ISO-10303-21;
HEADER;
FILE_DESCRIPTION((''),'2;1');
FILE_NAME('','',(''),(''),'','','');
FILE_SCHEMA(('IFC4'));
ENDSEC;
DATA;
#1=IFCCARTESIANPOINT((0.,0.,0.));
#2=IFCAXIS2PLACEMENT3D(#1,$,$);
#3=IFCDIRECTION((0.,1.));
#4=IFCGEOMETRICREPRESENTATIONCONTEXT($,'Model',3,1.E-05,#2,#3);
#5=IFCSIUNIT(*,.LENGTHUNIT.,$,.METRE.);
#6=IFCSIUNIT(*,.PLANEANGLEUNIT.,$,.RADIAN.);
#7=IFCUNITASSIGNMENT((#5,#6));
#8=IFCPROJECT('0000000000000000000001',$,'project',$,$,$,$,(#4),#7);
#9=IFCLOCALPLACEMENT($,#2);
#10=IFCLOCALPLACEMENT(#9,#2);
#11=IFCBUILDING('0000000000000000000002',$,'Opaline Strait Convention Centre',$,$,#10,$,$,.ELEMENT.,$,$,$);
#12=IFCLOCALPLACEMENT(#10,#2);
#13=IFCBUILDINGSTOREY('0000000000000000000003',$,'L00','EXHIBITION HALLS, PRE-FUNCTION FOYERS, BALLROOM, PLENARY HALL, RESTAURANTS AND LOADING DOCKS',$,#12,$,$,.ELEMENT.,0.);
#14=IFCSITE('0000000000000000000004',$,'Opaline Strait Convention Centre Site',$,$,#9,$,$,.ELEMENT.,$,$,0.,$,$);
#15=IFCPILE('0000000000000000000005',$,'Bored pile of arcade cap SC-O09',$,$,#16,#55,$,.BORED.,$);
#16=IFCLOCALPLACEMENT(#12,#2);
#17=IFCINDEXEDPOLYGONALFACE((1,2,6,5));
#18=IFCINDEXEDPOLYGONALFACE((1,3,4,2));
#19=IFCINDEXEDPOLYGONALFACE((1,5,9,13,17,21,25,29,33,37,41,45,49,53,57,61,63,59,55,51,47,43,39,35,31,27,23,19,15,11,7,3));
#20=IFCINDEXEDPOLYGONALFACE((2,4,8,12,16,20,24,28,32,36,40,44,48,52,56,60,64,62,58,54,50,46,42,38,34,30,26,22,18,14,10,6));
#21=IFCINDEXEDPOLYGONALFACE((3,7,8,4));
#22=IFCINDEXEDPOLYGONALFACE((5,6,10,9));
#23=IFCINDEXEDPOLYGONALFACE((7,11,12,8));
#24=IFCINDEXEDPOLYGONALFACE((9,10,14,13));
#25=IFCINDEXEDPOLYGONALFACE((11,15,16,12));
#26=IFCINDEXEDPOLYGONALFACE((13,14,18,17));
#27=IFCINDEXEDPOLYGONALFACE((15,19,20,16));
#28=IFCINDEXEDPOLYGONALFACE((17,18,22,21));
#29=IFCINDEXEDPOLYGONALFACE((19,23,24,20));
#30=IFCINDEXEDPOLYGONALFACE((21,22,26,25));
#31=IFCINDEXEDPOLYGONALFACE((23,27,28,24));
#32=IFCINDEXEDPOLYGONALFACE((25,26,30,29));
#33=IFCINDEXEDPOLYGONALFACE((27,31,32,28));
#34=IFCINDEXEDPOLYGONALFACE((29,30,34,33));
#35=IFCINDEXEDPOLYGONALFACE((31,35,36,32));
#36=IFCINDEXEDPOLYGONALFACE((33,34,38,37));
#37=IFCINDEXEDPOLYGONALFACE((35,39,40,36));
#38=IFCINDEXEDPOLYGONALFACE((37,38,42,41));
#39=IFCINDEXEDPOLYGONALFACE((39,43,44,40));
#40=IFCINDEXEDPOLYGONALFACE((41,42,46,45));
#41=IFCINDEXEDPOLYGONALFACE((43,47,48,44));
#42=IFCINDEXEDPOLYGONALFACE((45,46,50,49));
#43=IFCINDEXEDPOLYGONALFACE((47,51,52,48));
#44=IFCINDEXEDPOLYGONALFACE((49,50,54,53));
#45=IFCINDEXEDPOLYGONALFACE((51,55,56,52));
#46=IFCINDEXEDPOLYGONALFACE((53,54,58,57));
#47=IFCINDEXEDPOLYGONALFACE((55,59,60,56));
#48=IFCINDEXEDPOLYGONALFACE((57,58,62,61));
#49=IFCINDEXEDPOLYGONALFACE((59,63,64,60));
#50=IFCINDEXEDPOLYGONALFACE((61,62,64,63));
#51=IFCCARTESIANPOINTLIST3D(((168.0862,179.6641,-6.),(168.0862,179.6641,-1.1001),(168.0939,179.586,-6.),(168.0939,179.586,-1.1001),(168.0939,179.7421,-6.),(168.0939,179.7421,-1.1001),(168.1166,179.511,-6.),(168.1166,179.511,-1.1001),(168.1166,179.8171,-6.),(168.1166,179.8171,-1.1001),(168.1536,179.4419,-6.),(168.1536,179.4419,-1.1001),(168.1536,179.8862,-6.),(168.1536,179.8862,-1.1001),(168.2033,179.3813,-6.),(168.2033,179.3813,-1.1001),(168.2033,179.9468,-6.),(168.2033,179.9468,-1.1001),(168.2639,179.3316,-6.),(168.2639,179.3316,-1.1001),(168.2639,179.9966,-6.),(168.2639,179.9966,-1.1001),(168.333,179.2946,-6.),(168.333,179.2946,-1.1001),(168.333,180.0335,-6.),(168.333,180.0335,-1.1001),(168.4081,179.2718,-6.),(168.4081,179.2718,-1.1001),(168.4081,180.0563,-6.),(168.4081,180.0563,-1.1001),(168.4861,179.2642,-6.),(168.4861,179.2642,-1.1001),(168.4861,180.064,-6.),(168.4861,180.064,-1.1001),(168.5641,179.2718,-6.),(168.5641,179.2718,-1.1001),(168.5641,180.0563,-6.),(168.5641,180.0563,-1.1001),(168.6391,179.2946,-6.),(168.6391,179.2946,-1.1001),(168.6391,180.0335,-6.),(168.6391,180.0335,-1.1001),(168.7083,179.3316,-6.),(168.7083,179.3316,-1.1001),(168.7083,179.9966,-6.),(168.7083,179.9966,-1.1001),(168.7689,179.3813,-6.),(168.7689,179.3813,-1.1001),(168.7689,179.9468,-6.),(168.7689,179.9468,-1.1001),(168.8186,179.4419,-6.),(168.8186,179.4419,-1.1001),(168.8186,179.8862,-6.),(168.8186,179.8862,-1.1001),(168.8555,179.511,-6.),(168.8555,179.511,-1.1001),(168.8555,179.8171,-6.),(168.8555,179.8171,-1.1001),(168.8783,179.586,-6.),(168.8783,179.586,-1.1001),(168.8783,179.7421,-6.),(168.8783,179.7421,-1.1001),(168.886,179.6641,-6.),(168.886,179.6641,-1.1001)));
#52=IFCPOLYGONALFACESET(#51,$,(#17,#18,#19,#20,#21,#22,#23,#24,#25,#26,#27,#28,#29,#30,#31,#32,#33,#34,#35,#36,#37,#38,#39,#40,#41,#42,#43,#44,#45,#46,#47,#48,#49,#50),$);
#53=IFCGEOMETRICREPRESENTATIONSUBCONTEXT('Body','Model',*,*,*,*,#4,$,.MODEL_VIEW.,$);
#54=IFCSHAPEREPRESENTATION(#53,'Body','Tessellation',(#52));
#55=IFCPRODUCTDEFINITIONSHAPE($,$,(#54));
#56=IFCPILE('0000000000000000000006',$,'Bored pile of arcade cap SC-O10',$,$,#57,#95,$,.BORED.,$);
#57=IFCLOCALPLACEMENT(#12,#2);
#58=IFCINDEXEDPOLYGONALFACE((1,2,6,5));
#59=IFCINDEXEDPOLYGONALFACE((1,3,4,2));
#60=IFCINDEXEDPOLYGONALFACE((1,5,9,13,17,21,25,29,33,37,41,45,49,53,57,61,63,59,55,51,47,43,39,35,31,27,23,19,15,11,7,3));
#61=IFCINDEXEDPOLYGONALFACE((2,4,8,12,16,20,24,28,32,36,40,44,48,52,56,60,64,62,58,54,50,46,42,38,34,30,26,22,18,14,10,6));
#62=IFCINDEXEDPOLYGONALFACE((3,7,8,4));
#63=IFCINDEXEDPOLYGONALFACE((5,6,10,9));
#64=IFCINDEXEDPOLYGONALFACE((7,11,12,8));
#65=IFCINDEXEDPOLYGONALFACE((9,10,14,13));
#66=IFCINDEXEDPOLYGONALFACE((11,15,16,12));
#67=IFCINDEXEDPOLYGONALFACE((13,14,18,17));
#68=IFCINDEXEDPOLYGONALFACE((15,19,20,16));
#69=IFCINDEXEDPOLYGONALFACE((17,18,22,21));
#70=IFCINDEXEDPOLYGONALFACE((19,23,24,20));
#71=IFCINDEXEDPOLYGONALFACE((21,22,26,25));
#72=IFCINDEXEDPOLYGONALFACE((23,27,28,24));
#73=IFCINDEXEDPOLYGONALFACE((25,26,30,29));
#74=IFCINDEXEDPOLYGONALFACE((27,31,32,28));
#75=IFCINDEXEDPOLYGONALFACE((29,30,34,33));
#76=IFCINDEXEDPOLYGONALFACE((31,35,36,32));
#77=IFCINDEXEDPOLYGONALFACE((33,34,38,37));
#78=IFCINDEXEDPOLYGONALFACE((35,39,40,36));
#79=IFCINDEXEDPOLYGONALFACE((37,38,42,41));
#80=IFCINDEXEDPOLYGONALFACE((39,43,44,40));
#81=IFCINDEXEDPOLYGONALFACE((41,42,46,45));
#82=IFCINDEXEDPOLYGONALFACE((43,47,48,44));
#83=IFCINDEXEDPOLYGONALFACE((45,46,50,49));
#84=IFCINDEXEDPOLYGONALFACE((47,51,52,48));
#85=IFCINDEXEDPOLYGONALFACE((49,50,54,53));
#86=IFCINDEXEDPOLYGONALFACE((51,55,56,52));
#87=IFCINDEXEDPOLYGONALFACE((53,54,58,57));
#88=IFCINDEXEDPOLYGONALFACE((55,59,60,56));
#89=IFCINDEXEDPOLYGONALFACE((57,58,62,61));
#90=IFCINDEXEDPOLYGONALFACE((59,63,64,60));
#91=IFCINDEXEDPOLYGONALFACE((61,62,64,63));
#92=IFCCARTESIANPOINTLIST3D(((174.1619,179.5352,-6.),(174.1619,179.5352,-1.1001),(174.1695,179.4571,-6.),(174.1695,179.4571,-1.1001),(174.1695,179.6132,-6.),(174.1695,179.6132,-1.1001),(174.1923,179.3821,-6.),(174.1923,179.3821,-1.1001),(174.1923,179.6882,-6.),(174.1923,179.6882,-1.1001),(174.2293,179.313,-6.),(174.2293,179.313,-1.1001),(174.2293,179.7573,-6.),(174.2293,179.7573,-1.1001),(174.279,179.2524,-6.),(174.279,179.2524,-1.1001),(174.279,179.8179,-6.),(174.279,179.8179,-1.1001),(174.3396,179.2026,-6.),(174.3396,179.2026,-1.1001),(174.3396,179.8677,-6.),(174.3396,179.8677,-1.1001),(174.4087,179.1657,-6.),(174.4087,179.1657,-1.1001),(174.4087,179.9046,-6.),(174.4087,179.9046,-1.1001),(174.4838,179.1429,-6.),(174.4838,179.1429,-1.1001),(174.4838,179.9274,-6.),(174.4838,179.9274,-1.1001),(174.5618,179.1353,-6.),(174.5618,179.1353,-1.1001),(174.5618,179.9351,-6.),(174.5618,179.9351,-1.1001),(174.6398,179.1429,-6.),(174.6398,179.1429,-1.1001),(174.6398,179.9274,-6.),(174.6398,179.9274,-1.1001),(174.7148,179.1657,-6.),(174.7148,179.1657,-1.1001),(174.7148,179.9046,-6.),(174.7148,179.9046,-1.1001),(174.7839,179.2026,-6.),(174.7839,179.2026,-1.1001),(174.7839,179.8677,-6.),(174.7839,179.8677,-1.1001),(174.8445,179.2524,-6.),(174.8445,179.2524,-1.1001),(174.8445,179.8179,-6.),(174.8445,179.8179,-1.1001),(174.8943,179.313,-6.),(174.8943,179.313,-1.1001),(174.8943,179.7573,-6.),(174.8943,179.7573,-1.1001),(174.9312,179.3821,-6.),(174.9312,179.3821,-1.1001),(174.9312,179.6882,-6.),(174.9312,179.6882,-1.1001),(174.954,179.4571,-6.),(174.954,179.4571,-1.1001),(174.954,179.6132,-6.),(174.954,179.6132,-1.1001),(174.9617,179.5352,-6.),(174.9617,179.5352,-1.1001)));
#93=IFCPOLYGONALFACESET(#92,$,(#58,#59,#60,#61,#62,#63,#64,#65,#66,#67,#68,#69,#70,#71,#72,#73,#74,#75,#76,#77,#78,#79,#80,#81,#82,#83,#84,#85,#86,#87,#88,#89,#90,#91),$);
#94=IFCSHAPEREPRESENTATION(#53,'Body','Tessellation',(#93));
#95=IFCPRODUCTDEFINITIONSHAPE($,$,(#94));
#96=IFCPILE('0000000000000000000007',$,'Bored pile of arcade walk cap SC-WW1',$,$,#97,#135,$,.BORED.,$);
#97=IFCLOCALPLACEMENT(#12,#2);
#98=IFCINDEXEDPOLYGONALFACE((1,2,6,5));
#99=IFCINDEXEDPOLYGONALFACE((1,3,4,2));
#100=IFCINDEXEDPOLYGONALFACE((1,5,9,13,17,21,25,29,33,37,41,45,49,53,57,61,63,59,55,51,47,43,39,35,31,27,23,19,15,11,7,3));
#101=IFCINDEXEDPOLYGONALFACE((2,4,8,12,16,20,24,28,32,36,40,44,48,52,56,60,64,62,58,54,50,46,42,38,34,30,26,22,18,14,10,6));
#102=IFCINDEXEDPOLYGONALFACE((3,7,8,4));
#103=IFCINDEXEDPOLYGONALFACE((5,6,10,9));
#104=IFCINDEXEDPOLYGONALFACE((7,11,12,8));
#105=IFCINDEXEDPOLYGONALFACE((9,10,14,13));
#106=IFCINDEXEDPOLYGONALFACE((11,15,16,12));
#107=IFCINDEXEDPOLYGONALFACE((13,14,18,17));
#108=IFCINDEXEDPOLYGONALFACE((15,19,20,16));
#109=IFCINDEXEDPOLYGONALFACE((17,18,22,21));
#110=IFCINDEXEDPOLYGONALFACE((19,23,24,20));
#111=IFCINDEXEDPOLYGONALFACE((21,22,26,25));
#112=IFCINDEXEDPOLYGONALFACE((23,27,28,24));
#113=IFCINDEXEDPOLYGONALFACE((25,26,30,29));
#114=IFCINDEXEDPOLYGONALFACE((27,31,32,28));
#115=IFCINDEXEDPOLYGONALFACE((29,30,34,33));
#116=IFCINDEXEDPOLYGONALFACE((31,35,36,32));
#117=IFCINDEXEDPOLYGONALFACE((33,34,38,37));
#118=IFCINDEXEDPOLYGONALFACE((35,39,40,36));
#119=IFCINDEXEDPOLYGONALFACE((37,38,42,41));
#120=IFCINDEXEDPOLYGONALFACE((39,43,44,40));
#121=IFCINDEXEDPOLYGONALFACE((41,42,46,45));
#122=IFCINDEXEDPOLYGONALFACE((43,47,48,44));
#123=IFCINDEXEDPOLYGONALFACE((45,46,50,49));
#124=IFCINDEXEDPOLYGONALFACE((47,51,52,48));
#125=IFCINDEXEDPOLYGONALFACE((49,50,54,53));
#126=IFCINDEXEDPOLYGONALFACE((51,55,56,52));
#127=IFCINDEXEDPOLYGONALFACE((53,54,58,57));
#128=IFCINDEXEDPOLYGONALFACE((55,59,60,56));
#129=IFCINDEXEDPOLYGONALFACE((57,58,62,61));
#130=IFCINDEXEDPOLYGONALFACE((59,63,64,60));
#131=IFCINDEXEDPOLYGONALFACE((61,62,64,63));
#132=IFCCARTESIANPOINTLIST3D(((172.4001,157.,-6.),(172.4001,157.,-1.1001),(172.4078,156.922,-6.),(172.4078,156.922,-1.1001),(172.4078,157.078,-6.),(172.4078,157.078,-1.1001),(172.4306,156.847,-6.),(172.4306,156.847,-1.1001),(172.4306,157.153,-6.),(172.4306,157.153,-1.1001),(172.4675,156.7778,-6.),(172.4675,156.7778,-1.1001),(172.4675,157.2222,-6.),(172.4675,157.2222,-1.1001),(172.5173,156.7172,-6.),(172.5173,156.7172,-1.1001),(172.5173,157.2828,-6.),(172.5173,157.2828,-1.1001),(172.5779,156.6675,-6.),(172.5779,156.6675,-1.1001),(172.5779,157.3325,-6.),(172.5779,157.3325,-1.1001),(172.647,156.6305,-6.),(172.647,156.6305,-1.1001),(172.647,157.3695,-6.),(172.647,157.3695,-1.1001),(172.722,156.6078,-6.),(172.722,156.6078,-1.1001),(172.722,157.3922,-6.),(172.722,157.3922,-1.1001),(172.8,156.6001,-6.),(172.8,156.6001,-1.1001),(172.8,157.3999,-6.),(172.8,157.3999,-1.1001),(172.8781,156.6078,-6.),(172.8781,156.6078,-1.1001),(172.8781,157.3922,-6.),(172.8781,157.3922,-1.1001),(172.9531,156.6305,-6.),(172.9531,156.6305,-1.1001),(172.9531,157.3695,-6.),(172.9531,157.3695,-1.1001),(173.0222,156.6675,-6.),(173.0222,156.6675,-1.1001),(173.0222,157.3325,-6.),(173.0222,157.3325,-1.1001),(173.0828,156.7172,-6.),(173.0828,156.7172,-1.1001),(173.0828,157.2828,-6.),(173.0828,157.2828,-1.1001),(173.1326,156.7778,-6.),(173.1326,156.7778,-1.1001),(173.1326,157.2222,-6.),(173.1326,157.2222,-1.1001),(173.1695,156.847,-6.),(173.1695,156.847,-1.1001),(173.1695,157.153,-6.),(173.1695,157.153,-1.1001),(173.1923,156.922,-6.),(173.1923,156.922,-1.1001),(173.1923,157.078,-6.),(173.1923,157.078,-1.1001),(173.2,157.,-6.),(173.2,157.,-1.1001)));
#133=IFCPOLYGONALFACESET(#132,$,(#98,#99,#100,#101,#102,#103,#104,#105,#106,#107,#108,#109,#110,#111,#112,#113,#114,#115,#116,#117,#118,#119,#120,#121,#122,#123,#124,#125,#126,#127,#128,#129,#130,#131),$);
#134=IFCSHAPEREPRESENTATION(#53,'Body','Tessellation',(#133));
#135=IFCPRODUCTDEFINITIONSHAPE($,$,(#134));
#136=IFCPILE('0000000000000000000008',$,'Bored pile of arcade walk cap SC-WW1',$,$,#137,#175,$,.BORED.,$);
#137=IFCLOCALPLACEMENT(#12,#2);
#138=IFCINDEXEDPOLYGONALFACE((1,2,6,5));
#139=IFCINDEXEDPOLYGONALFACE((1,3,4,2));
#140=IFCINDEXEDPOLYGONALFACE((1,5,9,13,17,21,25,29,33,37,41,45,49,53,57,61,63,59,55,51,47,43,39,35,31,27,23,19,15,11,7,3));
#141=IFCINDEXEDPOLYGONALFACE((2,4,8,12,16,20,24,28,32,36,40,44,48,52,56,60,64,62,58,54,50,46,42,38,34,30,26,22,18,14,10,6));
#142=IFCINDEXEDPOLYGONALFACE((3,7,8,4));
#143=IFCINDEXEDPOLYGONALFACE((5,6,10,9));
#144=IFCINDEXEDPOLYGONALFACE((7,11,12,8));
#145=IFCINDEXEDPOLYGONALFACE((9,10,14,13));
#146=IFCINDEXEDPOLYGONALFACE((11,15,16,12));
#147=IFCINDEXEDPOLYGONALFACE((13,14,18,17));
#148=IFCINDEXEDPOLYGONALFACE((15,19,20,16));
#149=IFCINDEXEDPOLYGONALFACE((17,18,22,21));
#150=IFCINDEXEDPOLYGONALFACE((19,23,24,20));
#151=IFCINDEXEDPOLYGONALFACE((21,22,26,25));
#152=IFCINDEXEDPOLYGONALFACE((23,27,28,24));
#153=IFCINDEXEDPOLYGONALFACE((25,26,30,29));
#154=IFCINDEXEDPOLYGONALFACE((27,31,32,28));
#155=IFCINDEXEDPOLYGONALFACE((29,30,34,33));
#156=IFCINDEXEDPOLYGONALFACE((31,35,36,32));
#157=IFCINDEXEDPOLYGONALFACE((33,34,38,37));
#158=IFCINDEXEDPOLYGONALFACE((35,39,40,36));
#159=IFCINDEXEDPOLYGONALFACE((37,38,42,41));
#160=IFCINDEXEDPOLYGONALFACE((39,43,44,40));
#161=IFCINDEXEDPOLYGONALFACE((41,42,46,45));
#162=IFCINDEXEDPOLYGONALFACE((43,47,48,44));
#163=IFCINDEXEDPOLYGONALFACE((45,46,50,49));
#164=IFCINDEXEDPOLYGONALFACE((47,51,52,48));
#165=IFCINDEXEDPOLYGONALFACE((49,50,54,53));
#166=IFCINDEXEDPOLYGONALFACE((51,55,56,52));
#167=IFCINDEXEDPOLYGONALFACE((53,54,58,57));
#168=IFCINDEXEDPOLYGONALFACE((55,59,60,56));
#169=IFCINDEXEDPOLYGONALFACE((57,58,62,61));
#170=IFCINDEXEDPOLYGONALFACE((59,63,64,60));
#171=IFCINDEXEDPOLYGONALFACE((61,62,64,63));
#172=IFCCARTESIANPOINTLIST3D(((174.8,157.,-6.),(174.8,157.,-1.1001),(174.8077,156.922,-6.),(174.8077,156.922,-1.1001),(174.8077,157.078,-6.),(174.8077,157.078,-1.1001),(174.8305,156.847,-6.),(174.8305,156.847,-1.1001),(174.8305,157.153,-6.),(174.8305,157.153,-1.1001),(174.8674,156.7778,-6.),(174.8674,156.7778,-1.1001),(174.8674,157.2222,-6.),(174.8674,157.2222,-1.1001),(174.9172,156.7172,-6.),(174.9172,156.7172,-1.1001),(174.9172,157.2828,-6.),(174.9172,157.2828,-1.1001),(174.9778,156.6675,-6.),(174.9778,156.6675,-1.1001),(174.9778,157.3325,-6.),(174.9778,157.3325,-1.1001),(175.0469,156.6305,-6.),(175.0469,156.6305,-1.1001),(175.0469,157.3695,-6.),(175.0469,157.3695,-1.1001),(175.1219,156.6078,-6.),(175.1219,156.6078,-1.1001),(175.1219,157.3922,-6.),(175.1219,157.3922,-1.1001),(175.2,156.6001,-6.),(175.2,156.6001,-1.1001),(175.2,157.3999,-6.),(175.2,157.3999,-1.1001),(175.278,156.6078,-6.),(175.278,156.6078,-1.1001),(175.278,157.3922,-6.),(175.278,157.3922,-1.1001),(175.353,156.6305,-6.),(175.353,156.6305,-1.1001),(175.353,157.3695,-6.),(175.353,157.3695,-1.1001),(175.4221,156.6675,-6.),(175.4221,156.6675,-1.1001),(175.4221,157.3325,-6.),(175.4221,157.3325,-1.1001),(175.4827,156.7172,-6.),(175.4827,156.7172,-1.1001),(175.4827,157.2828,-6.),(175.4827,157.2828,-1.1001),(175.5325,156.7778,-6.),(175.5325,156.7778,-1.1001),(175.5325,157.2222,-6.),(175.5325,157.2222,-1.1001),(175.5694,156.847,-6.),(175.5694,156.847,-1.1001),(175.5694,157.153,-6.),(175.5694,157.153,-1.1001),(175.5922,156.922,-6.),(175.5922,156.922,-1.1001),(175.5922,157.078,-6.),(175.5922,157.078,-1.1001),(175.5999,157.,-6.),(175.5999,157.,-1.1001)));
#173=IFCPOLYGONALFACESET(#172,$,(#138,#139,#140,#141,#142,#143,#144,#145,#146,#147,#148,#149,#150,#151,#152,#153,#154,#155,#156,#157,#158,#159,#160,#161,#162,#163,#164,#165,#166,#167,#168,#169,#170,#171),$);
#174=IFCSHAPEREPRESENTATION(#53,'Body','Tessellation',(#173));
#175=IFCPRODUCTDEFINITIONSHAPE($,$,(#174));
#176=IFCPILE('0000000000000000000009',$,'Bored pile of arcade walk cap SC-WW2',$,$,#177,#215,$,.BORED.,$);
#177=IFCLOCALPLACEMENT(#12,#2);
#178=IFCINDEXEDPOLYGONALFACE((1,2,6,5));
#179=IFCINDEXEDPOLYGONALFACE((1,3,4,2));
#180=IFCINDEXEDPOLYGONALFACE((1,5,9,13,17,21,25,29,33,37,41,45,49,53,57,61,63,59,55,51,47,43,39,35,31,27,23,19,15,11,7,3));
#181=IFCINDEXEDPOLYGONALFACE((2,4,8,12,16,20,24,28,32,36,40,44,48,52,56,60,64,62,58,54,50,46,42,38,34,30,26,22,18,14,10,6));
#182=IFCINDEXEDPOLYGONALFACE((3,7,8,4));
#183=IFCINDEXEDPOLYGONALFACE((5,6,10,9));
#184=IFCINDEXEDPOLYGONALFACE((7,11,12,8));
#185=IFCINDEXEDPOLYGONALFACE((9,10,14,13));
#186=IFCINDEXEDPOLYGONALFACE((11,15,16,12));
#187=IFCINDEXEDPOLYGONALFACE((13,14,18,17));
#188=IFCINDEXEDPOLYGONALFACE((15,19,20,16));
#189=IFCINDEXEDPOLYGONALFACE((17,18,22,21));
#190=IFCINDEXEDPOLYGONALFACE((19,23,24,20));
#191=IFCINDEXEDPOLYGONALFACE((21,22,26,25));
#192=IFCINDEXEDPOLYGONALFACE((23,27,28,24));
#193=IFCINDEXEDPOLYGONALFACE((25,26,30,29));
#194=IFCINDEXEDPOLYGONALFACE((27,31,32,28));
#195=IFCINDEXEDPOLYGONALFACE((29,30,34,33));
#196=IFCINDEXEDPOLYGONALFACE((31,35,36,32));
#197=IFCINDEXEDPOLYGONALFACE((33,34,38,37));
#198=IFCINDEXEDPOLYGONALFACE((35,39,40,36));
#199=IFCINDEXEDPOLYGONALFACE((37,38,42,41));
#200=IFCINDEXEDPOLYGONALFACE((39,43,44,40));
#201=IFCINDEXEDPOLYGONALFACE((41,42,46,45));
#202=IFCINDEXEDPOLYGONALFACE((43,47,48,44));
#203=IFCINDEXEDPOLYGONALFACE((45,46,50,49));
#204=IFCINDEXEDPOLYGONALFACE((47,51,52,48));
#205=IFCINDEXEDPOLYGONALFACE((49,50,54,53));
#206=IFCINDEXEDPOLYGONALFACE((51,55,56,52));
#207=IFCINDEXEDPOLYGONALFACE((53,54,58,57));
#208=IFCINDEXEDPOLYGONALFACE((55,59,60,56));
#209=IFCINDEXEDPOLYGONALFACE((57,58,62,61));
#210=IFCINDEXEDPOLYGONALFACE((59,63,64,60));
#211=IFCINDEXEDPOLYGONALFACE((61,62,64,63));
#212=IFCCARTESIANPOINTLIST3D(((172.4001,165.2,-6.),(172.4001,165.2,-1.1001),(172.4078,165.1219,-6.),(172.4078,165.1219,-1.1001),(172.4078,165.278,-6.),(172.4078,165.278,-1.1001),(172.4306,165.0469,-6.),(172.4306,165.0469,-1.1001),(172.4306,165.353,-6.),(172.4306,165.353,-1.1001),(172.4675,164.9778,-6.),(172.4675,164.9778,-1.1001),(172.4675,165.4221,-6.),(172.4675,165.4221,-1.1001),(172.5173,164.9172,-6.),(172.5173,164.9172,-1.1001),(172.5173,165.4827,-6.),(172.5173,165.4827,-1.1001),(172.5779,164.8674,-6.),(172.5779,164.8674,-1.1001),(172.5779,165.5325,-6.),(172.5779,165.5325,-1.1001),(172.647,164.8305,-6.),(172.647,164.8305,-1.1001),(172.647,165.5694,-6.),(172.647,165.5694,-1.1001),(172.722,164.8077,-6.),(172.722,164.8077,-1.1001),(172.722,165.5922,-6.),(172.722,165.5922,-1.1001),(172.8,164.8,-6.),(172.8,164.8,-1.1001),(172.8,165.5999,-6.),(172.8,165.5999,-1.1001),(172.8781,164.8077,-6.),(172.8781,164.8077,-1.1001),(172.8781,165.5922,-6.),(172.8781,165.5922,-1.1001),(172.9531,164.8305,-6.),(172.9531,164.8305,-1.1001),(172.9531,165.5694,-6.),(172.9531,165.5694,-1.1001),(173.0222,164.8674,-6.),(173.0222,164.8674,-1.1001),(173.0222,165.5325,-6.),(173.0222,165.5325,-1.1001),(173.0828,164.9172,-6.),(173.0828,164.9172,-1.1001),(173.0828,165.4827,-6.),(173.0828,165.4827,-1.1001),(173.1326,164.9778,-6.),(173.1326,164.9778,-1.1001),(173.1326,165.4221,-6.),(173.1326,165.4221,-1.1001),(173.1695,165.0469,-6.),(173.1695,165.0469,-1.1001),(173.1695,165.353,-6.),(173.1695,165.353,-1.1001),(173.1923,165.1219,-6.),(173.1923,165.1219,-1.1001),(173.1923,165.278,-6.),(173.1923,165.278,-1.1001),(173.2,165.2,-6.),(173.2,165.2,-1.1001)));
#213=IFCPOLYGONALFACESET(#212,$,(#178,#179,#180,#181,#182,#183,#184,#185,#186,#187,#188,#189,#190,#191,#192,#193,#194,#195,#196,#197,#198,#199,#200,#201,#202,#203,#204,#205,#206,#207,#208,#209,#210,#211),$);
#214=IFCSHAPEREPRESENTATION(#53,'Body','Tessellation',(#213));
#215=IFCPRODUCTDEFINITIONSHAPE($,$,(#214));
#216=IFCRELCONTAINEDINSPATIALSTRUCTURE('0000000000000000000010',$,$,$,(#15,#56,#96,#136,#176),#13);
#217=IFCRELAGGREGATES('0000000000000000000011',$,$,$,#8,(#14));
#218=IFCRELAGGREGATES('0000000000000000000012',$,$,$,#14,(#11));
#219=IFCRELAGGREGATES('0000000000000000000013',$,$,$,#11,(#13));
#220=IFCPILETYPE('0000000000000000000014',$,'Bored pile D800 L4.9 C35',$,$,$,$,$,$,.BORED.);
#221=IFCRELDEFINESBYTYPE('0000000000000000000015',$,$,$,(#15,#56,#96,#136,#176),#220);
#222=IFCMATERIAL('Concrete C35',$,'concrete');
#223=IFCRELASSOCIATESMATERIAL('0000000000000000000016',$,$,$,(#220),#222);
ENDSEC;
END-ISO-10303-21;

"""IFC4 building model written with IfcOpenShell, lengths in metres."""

from ifc_helpers import new_model, si_unit, direction, frame, origin, origin_2d, place, context, subcontext, project, spatial, circle, extrude, material, material_profile, profile_set, type_object, element, save


model = new_model("IFC4")

# Units and contexts
model_context = context("Model", 3, precision=1e-05, world=origin(), true_north=direction((0.0, 1.0)))
body_context = subcontext(model_context, "Body", "Model", "MODEL_VIEW")
ifc_project = project(units=[si_unit("LENGTHUNIT", "METRE"), si_unit("PLANEANGLEUNIT", "RADIAN")], contexts=[model_context])

# Site, building, storey
site_placement = place(None, origin())
site = spatial("IfcSite", under=ifc_project, at=site_placement, Name="Opaline Strait Convention Centre Site", CompositionType="ELEMENT", RefElevation=0.0)
building_placement = place(site_placement, origin())
building = spatial("IfcBuilding", under=site, at=building_placement, Name="Opaline Strait Convention Centre", CompositionType="ELEMENT")
storey_placement = place(building_placement, origin())
storey = spatial("IfcBuildingStorey", under=building, at=storey_placement, Name="L00", Description="EXHIBITION HALLS, PRE-FUNCTION FOYERS, BALLROOM, PLENARY HALL, RESTAURANTS AND LOADING DOCKS", CompositionType="ELEMENT", Elevation=0.0)

# Piles
ifc_material_1 = material(Name="Concrete C35", Category="concrete")
ifc_material_profile_1 = material_profile(ifc_material_1, circle(Radius=0.3999, at=origin_2d()), Name="D800")
ifc_profile_set_1 = profile_set([ifc_material_profile_1], Name="Concrete C35")
pile_type_1 = type_object("IfcPileType", Name="Bored pile D800 L4.9 C35", PredefinedType="BORED", material=ifc_profile_set_1)
for number, where, z_axis, x_axis, name in (
    (1, (168.4861, 179.6641, -1.1001), (0.0, 0.0, -1.0), (1.0, 0.0, 0.0), "Bored pile of arcade cap SC-O09"),
    (2, (174.5618, 179.5352, -1.1001), (0.0, 0.0, -1.0), (1.0, 0.0, 0.0), "Bored pile of arcade cap SC-O10"),
    (3, (172.8, 157.0, -1.1001), (0.0, 0.0, -1.0), (1.0, 0.0, 0.0), "Bored pile of arcade walk cap SC-WW1"),
    (4, (175.2, 157.0, -1.1001), (0.0, 0.0, -1.0), (1.0, 0.0, 0.0), "Bored pile of arcade walk cap SC-WW1"),
    (5, (172.8, 165.2, -1.1001), (0.0, 0.0, -1.0), (1.0, 0.0, 0.0), "Bored pile of arcade walk cap SC-WW2"),
):
    element("IfcPile", number, at=place(storey_placement, frame(where, z_axis=z_axis, x_axis=x_axis)), inside=storey, type_object=pile_type_1, Name=name, PredefinedType="BORED", context=body_context, shape_type="SweptSolid", body=[
        extrude(circle(Radius=0.3999, at=origin_2d()), origin(), (0.0, 0.0, 1.0), 4.8999),
    ])

save(model, "model.ifc")
